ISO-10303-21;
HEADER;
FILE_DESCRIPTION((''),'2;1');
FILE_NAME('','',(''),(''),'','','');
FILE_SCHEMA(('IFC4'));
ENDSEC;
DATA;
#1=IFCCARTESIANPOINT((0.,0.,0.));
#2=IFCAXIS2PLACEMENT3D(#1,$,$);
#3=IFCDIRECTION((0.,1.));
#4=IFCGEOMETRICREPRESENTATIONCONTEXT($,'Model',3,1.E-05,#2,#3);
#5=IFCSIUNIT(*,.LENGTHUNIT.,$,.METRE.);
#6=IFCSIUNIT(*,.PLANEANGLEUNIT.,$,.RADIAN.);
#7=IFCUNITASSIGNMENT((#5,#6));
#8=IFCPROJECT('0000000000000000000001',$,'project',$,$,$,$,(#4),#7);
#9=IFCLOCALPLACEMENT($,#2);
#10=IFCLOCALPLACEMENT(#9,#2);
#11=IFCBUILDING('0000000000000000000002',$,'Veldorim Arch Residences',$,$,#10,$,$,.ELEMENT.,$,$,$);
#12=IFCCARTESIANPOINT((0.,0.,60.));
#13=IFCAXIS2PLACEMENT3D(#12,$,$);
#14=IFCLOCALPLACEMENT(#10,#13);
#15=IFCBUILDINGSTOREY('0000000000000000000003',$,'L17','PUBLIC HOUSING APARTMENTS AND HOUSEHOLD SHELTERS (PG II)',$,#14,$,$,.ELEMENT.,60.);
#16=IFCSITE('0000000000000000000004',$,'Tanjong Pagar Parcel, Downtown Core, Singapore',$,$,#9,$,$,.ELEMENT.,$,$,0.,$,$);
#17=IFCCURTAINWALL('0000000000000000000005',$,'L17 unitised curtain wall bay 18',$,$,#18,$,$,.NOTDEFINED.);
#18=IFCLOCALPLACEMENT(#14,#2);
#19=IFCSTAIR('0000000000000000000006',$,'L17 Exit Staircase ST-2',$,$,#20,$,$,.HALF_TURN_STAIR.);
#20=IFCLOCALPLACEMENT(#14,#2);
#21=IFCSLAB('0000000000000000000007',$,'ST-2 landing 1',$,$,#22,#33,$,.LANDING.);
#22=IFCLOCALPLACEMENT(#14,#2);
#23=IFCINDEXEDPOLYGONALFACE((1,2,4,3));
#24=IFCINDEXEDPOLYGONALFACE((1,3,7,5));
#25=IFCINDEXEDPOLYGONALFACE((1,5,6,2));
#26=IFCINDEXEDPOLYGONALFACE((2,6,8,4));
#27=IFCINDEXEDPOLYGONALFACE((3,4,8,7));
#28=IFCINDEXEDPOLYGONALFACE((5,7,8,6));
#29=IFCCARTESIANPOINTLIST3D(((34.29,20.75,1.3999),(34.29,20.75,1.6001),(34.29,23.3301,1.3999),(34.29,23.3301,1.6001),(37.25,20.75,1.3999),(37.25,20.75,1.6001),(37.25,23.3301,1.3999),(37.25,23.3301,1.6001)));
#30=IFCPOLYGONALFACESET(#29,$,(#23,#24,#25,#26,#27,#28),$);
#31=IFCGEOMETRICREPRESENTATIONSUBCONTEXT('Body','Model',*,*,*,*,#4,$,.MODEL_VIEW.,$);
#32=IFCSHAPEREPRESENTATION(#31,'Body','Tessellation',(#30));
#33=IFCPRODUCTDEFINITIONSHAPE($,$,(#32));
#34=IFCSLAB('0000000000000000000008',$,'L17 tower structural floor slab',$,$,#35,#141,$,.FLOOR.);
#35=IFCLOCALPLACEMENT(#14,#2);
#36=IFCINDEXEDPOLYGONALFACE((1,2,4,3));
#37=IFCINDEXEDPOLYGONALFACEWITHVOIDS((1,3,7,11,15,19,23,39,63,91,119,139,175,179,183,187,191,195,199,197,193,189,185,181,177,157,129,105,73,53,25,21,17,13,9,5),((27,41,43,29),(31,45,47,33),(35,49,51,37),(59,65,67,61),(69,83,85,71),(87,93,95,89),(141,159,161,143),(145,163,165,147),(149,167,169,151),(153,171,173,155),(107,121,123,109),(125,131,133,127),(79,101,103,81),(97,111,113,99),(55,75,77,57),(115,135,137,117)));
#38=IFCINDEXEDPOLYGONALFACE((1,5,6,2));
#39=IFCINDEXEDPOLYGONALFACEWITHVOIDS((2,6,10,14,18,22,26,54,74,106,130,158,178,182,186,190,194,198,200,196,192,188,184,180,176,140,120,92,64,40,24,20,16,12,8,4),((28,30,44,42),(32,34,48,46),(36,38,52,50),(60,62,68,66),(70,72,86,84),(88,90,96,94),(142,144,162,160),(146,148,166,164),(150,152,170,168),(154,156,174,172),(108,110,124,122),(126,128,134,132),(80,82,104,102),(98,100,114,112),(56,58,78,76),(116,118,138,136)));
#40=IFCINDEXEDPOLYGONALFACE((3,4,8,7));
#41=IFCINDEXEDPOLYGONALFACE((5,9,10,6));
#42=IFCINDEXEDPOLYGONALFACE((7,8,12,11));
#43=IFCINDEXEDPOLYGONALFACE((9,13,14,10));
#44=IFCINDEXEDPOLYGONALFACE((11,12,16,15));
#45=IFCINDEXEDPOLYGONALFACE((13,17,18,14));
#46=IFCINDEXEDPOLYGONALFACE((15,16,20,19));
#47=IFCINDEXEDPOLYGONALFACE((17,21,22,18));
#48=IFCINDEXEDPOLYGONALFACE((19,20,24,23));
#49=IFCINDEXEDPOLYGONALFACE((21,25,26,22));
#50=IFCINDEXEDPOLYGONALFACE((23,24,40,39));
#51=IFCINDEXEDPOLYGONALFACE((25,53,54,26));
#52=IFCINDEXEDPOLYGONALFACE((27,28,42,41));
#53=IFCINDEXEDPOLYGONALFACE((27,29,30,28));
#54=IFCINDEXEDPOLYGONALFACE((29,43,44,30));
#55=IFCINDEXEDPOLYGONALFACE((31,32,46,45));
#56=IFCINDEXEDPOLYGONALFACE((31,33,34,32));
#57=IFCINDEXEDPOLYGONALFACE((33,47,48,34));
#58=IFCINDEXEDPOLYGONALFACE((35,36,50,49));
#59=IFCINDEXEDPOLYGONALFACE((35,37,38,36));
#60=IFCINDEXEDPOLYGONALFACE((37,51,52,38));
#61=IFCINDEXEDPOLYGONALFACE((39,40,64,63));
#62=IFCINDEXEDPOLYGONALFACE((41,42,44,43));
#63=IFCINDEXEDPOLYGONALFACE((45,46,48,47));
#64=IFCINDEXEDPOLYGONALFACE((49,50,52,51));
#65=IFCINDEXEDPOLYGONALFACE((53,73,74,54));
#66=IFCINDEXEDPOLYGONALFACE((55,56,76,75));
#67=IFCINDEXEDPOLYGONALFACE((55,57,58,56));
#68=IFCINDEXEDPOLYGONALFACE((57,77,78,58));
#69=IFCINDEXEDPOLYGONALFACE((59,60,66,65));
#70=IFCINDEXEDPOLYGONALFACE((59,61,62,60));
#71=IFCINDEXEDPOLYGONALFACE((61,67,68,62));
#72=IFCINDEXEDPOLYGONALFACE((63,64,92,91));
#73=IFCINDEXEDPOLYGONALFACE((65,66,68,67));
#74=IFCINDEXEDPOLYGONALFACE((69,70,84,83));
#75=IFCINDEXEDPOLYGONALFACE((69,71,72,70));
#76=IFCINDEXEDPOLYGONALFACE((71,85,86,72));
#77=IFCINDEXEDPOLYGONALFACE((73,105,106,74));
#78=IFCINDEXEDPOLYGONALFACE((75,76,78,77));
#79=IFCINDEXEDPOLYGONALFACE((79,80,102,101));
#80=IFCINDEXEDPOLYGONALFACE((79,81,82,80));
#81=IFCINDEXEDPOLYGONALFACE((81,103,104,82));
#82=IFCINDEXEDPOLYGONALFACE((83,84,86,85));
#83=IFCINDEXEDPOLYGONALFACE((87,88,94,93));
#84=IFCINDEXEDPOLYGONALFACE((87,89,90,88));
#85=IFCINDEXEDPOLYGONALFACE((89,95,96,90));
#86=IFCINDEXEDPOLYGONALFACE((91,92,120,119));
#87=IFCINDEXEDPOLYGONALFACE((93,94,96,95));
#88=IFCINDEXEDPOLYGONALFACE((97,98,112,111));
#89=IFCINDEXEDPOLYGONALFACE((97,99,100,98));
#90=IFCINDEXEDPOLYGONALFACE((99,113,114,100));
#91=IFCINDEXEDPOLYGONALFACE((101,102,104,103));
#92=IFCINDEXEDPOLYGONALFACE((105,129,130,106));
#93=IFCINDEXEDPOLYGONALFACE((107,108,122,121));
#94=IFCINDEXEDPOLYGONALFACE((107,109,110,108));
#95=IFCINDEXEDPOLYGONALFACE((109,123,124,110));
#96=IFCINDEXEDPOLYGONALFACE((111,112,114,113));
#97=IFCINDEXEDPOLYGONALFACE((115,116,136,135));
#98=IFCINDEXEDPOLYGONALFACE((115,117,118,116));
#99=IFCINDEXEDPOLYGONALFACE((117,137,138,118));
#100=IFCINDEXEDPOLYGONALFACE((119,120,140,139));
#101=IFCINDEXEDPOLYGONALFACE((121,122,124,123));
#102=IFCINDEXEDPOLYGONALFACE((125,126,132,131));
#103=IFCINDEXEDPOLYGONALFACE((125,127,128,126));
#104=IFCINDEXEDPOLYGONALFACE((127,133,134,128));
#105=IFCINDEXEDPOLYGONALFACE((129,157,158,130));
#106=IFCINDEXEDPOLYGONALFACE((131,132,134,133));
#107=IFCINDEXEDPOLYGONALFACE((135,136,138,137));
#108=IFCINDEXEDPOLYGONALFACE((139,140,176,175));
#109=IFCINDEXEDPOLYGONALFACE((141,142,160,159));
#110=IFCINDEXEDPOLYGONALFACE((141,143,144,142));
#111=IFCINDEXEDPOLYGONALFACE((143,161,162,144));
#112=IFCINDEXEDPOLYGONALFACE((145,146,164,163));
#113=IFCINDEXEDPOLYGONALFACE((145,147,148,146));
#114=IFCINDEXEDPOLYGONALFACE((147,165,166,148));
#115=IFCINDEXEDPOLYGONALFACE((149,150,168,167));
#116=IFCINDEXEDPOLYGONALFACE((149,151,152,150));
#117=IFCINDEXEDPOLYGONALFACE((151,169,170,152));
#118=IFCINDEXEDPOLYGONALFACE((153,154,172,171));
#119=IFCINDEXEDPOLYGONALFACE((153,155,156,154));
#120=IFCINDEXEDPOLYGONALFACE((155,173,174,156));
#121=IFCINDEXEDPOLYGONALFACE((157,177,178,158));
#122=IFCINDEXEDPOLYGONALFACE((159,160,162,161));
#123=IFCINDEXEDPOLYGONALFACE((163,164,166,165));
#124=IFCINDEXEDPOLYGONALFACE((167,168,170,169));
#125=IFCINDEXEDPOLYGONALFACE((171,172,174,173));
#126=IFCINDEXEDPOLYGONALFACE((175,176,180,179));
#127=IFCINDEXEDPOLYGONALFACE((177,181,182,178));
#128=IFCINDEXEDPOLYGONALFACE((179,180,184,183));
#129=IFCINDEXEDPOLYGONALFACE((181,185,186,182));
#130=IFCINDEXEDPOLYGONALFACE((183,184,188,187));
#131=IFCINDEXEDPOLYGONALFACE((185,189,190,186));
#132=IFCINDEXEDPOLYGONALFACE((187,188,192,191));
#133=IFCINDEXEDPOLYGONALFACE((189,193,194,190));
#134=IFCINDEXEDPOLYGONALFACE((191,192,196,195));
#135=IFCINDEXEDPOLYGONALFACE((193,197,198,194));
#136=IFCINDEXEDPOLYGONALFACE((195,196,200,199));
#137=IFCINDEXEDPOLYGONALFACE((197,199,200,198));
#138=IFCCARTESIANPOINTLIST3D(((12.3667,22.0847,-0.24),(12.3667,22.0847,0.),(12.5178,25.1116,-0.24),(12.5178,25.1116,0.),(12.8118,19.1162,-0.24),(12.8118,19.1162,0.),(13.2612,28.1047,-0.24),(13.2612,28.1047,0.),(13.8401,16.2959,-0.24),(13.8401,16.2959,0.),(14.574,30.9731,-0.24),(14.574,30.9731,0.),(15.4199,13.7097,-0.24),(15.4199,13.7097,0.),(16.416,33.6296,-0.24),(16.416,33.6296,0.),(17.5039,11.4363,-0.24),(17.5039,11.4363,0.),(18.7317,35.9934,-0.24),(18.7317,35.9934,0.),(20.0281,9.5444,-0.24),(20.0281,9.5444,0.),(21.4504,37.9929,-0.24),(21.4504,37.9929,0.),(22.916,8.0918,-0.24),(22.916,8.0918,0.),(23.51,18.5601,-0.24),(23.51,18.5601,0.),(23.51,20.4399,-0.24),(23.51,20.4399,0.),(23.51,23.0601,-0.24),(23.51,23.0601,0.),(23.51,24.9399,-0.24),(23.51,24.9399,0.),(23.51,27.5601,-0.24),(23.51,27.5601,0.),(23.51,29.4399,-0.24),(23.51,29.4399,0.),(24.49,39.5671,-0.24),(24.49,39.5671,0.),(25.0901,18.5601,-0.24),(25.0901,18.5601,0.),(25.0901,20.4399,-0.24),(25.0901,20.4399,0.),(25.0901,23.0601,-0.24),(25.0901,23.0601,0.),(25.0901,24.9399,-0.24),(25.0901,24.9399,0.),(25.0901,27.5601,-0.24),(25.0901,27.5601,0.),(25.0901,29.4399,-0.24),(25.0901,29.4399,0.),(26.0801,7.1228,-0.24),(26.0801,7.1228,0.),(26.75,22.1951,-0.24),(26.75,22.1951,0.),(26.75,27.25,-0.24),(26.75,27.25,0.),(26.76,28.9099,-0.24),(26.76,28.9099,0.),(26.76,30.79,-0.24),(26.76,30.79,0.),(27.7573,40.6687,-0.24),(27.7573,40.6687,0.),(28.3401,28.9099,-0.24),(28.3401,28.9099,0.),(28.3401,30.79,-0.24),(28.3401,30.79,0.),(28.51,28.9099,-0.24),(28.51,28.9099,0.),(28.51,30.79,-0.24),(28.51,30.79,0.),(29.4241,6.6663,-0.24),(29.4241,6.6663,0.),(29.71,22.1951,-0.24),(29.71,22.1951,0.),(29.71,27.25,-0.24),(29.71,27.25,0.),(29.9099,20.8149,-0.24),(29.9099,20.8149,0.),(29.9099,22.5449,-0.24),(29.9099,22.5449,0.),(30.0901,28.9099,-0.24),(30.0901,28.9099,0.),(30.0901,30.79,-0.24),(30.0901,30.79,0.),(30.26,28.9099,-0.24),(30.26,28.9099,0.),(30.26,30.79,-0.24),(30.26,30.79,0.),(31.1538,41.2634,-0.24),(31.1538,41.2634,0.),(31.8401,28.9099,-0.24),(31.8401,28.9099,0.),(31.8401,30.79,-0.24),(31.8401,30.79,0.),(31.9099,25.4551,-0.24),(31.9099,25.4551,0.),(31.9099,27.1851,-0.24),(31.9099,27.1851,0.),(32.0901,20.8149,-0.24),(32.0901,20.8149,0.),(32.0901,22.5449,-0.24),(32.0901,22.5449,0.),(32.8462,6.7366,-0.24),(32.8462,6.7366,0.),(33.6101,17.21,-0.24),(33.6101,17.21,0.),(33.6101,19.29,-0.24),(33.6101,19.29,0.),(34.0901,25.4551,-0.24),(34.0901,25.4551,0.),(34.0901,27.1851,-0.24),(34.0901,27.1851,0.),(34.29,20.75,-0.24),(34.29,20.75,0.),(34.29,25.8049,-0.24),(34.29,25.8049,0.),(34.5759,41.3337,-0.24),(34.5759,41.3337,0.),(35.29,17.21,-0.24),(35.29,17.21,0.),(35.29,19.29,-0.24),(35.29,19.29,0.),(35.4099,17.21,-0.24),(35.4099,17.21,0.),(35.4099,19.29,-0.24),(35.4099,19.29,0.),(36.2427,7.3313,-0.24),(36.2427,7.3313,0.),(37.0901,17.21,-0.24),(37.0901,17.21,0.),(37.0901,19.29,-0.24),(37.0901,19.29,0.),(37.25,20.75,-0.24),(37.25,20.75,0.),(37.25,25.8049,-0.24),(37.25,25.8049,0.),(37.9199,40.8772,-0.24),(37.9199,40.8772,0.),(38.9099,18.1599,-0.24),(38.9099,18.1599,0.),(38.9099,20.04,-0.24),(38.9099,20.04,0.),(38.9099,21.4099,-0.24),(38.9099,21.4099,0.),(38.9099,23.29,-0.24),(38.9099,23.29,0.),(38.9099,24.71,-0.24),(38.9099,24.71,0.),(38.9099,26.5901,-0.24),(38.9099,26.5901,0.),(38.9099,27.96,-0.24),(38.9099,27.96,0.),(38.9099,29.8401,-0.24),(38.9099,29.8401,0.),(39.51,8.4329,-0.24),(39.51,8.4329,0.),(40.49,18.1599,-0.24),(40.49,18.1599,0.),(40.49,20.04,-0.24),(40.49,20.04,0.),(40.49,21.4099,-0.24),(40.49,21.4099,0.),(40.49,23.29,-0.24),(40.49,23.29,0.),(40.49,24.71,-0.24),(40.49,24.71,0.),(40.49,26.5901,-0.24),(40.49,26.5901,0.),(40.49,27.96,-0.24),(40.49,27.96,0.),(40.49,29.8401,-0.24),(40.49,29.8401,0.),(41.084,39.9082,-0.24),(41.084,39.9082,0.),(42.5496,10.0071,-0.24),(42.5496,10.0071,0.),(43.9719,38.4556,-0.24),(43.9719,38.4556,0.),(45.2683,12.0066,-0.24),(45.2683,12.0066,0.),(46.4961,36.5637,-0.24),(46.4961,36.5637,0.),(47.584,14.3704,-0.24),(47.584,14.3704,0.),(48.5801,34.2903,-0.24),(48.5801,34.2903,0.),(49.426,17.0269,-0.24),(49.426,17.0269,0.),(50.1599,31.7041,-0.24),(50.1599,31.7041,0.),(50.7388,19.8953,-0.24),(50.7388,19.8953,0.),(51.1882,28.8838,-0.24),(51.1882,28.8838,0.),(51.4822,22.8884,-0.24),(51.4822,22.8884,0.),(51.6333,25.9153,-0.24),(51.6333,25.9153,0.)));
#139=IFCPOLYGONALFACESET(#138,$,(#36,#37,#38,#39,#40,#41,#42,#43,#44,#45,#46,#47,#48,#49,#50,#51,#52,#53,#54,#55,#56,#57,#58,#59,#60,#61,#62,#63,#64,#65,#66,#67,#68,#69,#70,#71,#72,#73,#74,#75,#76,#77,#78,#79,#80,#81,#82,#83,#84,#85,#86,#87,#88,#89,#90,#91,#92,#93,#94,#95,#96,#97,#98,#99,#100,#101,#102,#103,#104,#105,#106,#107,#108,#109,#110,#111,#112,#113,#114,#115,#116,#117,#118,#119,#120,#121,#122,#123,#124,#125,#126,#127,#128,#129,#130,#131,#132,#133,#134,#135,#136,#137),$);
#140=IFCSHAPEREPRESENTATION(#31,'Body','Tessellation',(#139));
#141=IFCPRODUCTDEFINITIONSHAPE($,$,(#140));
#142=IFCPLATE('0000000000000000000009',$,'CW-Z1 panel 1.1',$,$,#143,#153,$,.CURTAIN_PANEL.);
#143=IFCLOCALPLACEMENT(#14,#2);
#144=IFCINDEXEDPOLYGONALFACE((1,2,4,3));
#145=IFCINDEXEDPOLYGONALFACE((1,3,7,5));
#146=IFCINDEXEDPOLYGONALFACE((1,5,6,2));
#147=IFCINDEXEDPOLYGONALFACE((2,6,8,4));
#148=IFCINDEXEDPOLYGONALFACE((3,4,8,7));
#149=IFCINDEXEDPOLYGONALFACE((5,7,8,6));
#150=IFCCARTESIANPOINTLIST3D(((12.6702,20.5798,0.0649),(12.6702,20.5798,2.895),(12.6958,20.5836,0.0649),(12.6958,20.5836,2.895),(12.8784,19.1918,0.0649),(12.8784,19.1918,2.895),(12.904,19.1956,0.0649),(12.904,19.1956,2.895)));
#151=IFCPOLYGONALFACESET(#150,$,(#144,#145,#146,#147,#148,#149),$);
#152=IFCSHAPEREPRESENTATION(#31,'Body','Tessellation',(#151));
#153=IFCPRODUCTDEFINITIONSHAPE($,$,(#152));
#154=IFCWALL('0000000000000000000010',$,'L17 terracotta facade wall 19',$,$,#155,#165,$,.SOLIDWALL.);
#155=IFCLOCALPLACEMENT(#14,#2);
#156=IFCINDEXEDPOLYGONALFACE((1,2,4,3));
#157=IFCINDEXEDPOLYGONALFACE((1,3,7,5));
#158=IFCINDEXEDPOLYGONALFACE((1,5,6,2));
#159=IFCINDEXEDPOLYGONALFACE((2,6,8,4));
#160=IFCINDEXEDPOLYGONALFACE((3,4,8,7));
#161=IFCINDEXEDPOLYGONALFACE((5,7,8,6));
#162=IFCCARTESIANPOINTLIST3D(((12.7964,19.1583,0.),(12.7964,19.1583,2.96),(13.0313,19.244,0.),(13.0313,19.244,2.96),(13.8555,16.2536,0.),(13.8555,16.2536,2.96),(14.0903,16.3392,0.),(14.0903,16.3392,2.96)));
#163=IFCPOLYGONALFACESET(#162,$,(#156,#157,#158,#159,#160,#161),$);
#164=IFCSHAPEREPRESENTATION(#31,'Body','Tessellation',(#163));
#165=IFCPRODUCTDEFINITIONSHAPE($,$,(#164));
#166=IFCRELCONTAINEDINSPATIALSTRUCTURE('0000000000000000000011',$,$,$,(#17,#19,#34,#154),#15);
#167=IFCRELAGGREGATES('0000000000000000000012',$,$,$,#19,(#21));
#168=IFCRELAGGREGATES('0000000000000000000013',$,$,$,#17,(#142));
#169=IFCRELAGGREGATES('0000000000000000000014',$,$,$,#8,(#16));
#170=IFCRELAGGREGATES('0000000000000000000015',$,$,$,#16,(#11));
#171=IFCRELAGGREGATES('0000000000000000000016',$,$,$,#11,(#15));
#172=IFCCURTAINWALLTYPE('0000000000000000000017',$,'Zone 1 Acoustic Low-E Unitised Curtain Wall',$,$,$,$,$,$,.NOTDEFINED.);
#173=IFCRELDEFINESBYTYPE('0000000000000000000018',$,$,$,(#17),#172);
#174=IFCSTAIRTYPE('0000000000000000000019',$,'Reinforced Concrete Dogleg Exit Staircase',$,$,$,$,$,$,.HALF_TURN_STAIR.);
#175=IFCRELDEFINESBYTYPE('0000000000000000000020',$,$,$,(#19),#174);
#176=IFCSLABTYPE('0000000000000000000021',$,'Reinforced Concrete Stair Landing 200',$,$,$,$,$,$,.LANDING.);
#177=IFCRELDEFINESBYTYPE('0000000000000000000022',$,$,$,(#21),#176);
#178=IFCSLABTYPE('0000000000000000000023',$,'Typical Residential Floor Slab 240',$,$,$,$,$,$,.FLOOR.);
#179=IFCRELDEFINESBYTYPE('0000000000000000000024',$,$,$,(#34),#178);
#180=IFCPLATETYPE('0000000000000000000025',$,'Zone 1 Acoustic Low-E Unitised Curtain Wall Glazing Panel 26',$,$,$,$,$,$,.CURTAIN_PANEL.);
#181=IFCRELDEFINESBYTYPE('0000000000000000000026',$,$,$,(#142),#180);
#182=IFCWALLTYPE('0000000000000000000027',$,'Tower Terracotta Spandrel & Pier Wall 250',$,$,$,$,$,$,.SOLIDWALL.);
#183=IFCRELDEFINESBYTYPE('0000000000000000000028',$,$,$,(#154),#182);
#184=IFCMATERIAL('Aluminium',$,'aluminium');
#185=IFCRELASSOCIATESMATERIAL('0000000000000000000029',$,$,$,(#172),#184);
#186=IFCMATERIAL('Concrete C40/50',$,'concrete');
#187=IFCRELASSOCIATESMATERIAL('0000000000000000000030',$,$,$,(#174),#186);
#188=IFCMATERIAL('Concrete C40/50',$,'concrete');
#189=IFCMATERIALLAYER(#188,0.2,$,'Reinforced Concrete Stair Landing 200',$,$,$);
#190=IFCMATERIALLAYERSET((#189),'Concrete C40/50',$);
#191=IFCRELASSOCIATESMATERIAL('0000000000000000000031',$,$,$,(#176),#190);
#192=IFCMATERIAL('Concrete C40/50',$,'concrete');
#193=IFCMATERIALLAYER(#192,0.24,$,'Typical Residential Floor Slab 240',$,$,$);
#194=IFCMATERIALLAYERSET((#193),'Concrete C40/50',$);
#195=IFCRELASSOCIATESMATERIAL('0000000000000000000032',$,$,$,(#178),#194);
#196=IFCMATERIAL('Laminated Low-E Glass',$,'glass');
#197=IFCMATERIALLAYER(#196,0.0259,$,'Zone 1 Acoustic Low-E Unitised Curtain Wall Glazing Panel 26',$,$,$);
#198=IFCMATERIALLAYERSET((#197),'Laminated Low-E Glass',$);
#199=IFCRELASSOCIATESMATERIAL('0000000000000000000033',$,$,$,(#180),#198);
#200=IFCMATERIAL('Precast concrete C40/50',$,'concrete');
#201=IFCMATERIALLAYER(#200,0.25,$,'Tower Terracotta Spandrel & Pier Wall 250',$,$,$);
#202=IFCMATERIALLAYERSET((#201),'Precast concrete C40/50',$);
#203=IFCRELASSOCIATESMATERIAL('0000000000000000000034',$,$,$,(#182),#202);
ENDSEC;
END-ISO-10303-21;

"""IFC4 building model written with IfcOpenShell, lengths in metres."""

from ifc_helpers import new_model, si_unit, direction, frame, frame_2d, origin, origin_2d, place, context, subcontext, project, spatial, polyline, rectangle, outline, extrude, material, layer, layer_set, type_object, element, aggregate, save


model = new_model("IFC4")

# Units and contexts
model_context = context("Model", 3, precision=1e-05, world=origin(), true_north=direction((0.0, 1.0)))
body_context = subcontext(model_context, "Body", "Model", "MODEL_VIEW")
ifc_project = project(units=[si_unit("LENGTHUNIT", "METRE"), si_unit("PLANEANGLEUNIT", "RADIAN")], contexts=[model_context])

# Site, building, storey
site_placement = place(None, origin())
site = spatial("IfcSite", under=ifc_project, at=site_placement, Name="Tanjong Pagar Parcel, Downtown Core, Singapore", CompositionType="ELEMENT", RefElevation=0.0)
building_placement = place(site_placement, origin())
building = spatial("IfcBuilding", under=site, at=building_placement, Name="Veldorim Arch Residences", CompositionType="ELEMENT")
storey_placement = place(building_placement, frame((0.0, 0.0, 60.0)))
storey = spatial("IfcBuildingStorey", under=building, at=storey_placement, Name="L17", Description="PUBLIC HOUSING APARTMENTS AND HOUSEHOLD SHELTERS (PG II)", CompositionType="ELEMENT", Elevation=60.0)

# Curtain wall
ifc_material_1 = material(Name="Aluminium", Category="aluminium")
curtain_wall_type = type_object("IfcCurtainWallType", Name="Zone 1 Acoustic Low-E Unitised Curtain Wall", PredefinedType="NOTDEFINED", material=ifc_material_1)
curtain_wall_placement = place(storey_placement, origin())
curtain_wall = element("IfcCurtainWall", 1, at=curtain_wall_placement, inside=storey, type_object=curtain_wall_type, Name="L17 unitised curtain wall bay 18", PredefinedType="NOTDEFINED")

# Stair, slab
ifc_material_2 = material(Name="Concrete C40/50", Category="concrete")
stair_type = type_object("IfcStairType", Name="Reinforced Concrete Dogleg Exit Staircase", PredefinedType="HALF_TURN_STAIR", material=ifc_material_2)
ifc_material_3 = material(Name="Concrete C40/50", Category="concrete")
ifc_layer_1 = layer(ifc_material_3, 0.2, Name="Reinforced Concrete Stair Landing 200")
ifc_layer_set_1 = layer_set([ifc_layer_1], Name="Concrete C40/50")
slab_type_1 = type_object("IfcSlabType", Name="Reinforced Concrete Stair Landing 200", PredefinedType="LANDING", material=ifc_layer_set_1)
stair_1_placement = place(storey_placement, origin())
stair_1 = element("IfcStair", 2, at=stair_1_placement, inside=storey, type_object=stair_type, Name="L17 Exit Staircase ST-2", PredefinedType="HALF_TURN_STAIR")
slab_1_placement = place(storey_placement, frame((0.0, 0.0, 1.3999)))
slab_1 = element("IfcSlab", 3, at=slab_1_placement, type_object=slab_type_1, Name="ST-2 landing 1", PredefinedType="LANDING", context=body_context, shape_type="SweptSolid", body=[
    extrude(outline(polyline([(34.29, 23.3301), (34.29, 20.75), (37.25, 20.75), (37.25, 23.3301), (34.29, 23.3301)])), origin(), (0.0, 0.0, 1.0), 0.2002),
])
aggregate(stair_1, [slab_1])

# Slab
ifc_material_4 = material(Name="Concrete C40/50", Category="concrete")
ifc_layer_2 = layer(ifc_material_4, 0.24, Name="Typical Residential Floor Slab 240")
ifc_layer_set_2 = layer_set([ifc_layer_2], Name="Concrete C40/50")
slab_type_2 = type_object("IfcSlabType", Name="Typical Residential Floor Slab 240", PredefinedType="FLOOR", material=ifc_layer_set_2)
slab_2_placement = place(storey_placement, frame((0.0, 0.0, -0.24)))
element("IfcSlab", 4, at=slab_2_placement, inside=storey, type_object=slab_type_2, Name="L17 tower structural floor slab", PredefinedType="FLOOR", context=body_context, shape_type="SweptSolid", body=[
    extrude(outline(polyline([(51.1882, 28.8838), (50.1599, 31.7041), (48.5801, 34.2903), (46.4961, 36.5637), (43.9719, 38.4556), (41.084, 39.9082), (37.9199, 40.8772), (34.5759, 41.3337), (31.1538, 41.2634), (27.7573, 40.6687), (24.49, 39.5671), (21.4504, 37.9929), (18.7317, 35.9934), (16.416, 33.6296), (14.574, 30.9731), (13.2612, 28.1047), (12.5178, 25.1116), (12.3667, 22.0847), (12.8118, 19.1162), (13.8401, 16.2959), (15.4199, 13.7097), (17.5039, 11.4363), (20.0281, 9.5444), (22.916, 8.0918), (26.0801, 7.1228), (29.4241, 6.6663), (32.8462, 6.7366), (36.2427, 7.3313), (39.51, 8.4329), (42.5496, 10.0071), (45.2683, 12.0066), (47.584, 14.3704), (49.426, 17.0269), (50.7388, 19.8953), (51.4822, 22.8884), (51.6333, 25.9153), (51.1882, 28.8838)]), holes=[polyline([(23.51, 20.4399), (25.0901, 20.4399), (25.0901, 18.5601), (23.51, 18.5601), (23.51, 20.4399)]), polyline([(29.9099, 22.5449), (32.0901, 22.5449), (32.0901, 20.8149), (29.9099, 20.8149), (29.9099, 22.5449)]), polyline([(23.51, 24.9399), (25.0901, 24.9399), (25.0901, 23.0601), (23.51, 23.0601), (23.51, 24.9399)]), polyline([(26.75, 27.25), (29.71, 27.25), (29.71, 22.1951), (26.75, 22.1951), (26.75, 27.25)]), polyline([(23.51, 29.4399), (25.0901, 29.4399), (25.0901, 27.5601), (23.51, 27.5601), (23.51, 29.4399)]), polyline([(26.76, 30.79), (28.3401, 30.79), (28.3401, 28.9099), (26.76, 28.9099), (26.76, 30.79)]), polyline([(28.51, 30.79), (30.0901, 30.79), (30.0901, 28.9099), (28.51, 28.9099), (28.51, 30.79)]), polyline([(30.26, 30.79), (31.8401, 30.79), (31.8401, 28.9099), (30.26, 28.9099), (30.26, 30.79)]), polyline([(33.6101, 19.29), (35.29, 19.29), (35.29, 17.21), (33.6101, 17.21), (33.6101, 19.29)]), polyline([(35.4099, 19.29), (37.0901, 19.29), (37.0901, 17.21), (35.4099, 17.21), (35.4099, 19.29)]), polyline([(38.9099, 20.04), (40.49, 20.04), (40.49, 18.1599), (38.9099, 18.1599), (38.9099, 20.04)]), polyline([(38.9099, 23.29), (40.49, 23.29), (40.49, 21.4099), (38.9099, 21.4099), (38.9099, 23.29)]), polyline([(34.29, 25.8049), (37.25, 25.8049), (37.25, 20.75), (34.29, 20.75), (34.29, 25.8049)]), polyline([(38.9099, 26.5901), (40.49, 26.5901), (40.49, 24.71), (38.9099, 24.71), (38.9099, 26.5901)]), polyline([(31.9099, 27.1851), (34.0901, 27.1851), (34.0901, 25.4551), (31.9099, 25.4551), (31.9099, 27.1851)]), polyline([(38.9099, 29.8401), (40.49, 29.8401), (40.49, 27.96), (38.9099, 27.96), (38.9099, 29.8401)])]), origin(), (0.0, 0.0, 1.0), 0.24),
])

# Plate
ifc_material_5 = material(Name="Laminated Low-E Glass", Category="glass")
ifc_layer_3 = layer(ifc_material_5, 0.0259, Name="Zone 1 Acoustic Low-E Unitised Curtain Wall Glazing Panel 26")
ifc_layer_set_3 = layer_set([ifc_layer_3], Name="Laminated Low-E Glass")
plate_type = type_object("IfcPlateType", Name="Zone 1 Acoustic Low-E Unitised Curtain Wall Glazing Panel 26", PredefinedType="CURTAIN_PANEL", material=ifc_layer_set_3)
plate_placement = place(storey_placement, frame((12.7871, 19.8877, 0.0649), z_axis=(0.0, 0.0, 1.0), x_axis=(-0.148306, 0.988941, 0.0)))
plate = element("IfcPlate", 5, at=plate_placement, type_object=plate_type, Name="CW-Z1 panel 1.1", PredefinedType="CURTAIN_PANEL", context=body_context, shape_type="SweptSolid", body=[
    extrude(rectangle(XDim=1.4036, YDim=0.0259, at=origin_2d()), origin(), (0.0, 0.0, 1.0), 2.8301),
])
aggregate(curtain_wall, [plate])

# Wall
ifc_material_6 = material(Name="Precast concrete C40/50", Category="concrete")
ifc_layer_4 = layer(ifc_material_6, 0.25, Name="Tower Terracotta Spandrel & Pier Wall 250")
ifc_layer_set_4 = layer_set([ifc_layer_4], Name="Precast concrete C40/50")
wall_type = type_object("IfcWallType", Name="Tower Terracotta Spandrel & Pier Wall 250", PredefinedType="SOLIDWALL", material=ifc_layer_set_4)
wall_placement = place(storey_placement, frame((13.9729, 16.2964, 0.0), z_axis=(0.0, 0.0, 1.0), x_axis=(-0.342542, 0.939503, 0.0)))
element("IfcWall", 6, at=wall_placement, inside=storey, type_object=wall_type, Name="L17 terracotta facade wall 19", PredefinedType="SOLIDWALL", context=body_context, shape_type="SweptSolid", body=[
    extrude(rectangle(XDim=3.0918, YDim=0.25, at=frame_2d((1.5459, 0.0))), origin(), (0.0, 0.0, 1.0), 2.96),
])

save(model, "model.ifc")
